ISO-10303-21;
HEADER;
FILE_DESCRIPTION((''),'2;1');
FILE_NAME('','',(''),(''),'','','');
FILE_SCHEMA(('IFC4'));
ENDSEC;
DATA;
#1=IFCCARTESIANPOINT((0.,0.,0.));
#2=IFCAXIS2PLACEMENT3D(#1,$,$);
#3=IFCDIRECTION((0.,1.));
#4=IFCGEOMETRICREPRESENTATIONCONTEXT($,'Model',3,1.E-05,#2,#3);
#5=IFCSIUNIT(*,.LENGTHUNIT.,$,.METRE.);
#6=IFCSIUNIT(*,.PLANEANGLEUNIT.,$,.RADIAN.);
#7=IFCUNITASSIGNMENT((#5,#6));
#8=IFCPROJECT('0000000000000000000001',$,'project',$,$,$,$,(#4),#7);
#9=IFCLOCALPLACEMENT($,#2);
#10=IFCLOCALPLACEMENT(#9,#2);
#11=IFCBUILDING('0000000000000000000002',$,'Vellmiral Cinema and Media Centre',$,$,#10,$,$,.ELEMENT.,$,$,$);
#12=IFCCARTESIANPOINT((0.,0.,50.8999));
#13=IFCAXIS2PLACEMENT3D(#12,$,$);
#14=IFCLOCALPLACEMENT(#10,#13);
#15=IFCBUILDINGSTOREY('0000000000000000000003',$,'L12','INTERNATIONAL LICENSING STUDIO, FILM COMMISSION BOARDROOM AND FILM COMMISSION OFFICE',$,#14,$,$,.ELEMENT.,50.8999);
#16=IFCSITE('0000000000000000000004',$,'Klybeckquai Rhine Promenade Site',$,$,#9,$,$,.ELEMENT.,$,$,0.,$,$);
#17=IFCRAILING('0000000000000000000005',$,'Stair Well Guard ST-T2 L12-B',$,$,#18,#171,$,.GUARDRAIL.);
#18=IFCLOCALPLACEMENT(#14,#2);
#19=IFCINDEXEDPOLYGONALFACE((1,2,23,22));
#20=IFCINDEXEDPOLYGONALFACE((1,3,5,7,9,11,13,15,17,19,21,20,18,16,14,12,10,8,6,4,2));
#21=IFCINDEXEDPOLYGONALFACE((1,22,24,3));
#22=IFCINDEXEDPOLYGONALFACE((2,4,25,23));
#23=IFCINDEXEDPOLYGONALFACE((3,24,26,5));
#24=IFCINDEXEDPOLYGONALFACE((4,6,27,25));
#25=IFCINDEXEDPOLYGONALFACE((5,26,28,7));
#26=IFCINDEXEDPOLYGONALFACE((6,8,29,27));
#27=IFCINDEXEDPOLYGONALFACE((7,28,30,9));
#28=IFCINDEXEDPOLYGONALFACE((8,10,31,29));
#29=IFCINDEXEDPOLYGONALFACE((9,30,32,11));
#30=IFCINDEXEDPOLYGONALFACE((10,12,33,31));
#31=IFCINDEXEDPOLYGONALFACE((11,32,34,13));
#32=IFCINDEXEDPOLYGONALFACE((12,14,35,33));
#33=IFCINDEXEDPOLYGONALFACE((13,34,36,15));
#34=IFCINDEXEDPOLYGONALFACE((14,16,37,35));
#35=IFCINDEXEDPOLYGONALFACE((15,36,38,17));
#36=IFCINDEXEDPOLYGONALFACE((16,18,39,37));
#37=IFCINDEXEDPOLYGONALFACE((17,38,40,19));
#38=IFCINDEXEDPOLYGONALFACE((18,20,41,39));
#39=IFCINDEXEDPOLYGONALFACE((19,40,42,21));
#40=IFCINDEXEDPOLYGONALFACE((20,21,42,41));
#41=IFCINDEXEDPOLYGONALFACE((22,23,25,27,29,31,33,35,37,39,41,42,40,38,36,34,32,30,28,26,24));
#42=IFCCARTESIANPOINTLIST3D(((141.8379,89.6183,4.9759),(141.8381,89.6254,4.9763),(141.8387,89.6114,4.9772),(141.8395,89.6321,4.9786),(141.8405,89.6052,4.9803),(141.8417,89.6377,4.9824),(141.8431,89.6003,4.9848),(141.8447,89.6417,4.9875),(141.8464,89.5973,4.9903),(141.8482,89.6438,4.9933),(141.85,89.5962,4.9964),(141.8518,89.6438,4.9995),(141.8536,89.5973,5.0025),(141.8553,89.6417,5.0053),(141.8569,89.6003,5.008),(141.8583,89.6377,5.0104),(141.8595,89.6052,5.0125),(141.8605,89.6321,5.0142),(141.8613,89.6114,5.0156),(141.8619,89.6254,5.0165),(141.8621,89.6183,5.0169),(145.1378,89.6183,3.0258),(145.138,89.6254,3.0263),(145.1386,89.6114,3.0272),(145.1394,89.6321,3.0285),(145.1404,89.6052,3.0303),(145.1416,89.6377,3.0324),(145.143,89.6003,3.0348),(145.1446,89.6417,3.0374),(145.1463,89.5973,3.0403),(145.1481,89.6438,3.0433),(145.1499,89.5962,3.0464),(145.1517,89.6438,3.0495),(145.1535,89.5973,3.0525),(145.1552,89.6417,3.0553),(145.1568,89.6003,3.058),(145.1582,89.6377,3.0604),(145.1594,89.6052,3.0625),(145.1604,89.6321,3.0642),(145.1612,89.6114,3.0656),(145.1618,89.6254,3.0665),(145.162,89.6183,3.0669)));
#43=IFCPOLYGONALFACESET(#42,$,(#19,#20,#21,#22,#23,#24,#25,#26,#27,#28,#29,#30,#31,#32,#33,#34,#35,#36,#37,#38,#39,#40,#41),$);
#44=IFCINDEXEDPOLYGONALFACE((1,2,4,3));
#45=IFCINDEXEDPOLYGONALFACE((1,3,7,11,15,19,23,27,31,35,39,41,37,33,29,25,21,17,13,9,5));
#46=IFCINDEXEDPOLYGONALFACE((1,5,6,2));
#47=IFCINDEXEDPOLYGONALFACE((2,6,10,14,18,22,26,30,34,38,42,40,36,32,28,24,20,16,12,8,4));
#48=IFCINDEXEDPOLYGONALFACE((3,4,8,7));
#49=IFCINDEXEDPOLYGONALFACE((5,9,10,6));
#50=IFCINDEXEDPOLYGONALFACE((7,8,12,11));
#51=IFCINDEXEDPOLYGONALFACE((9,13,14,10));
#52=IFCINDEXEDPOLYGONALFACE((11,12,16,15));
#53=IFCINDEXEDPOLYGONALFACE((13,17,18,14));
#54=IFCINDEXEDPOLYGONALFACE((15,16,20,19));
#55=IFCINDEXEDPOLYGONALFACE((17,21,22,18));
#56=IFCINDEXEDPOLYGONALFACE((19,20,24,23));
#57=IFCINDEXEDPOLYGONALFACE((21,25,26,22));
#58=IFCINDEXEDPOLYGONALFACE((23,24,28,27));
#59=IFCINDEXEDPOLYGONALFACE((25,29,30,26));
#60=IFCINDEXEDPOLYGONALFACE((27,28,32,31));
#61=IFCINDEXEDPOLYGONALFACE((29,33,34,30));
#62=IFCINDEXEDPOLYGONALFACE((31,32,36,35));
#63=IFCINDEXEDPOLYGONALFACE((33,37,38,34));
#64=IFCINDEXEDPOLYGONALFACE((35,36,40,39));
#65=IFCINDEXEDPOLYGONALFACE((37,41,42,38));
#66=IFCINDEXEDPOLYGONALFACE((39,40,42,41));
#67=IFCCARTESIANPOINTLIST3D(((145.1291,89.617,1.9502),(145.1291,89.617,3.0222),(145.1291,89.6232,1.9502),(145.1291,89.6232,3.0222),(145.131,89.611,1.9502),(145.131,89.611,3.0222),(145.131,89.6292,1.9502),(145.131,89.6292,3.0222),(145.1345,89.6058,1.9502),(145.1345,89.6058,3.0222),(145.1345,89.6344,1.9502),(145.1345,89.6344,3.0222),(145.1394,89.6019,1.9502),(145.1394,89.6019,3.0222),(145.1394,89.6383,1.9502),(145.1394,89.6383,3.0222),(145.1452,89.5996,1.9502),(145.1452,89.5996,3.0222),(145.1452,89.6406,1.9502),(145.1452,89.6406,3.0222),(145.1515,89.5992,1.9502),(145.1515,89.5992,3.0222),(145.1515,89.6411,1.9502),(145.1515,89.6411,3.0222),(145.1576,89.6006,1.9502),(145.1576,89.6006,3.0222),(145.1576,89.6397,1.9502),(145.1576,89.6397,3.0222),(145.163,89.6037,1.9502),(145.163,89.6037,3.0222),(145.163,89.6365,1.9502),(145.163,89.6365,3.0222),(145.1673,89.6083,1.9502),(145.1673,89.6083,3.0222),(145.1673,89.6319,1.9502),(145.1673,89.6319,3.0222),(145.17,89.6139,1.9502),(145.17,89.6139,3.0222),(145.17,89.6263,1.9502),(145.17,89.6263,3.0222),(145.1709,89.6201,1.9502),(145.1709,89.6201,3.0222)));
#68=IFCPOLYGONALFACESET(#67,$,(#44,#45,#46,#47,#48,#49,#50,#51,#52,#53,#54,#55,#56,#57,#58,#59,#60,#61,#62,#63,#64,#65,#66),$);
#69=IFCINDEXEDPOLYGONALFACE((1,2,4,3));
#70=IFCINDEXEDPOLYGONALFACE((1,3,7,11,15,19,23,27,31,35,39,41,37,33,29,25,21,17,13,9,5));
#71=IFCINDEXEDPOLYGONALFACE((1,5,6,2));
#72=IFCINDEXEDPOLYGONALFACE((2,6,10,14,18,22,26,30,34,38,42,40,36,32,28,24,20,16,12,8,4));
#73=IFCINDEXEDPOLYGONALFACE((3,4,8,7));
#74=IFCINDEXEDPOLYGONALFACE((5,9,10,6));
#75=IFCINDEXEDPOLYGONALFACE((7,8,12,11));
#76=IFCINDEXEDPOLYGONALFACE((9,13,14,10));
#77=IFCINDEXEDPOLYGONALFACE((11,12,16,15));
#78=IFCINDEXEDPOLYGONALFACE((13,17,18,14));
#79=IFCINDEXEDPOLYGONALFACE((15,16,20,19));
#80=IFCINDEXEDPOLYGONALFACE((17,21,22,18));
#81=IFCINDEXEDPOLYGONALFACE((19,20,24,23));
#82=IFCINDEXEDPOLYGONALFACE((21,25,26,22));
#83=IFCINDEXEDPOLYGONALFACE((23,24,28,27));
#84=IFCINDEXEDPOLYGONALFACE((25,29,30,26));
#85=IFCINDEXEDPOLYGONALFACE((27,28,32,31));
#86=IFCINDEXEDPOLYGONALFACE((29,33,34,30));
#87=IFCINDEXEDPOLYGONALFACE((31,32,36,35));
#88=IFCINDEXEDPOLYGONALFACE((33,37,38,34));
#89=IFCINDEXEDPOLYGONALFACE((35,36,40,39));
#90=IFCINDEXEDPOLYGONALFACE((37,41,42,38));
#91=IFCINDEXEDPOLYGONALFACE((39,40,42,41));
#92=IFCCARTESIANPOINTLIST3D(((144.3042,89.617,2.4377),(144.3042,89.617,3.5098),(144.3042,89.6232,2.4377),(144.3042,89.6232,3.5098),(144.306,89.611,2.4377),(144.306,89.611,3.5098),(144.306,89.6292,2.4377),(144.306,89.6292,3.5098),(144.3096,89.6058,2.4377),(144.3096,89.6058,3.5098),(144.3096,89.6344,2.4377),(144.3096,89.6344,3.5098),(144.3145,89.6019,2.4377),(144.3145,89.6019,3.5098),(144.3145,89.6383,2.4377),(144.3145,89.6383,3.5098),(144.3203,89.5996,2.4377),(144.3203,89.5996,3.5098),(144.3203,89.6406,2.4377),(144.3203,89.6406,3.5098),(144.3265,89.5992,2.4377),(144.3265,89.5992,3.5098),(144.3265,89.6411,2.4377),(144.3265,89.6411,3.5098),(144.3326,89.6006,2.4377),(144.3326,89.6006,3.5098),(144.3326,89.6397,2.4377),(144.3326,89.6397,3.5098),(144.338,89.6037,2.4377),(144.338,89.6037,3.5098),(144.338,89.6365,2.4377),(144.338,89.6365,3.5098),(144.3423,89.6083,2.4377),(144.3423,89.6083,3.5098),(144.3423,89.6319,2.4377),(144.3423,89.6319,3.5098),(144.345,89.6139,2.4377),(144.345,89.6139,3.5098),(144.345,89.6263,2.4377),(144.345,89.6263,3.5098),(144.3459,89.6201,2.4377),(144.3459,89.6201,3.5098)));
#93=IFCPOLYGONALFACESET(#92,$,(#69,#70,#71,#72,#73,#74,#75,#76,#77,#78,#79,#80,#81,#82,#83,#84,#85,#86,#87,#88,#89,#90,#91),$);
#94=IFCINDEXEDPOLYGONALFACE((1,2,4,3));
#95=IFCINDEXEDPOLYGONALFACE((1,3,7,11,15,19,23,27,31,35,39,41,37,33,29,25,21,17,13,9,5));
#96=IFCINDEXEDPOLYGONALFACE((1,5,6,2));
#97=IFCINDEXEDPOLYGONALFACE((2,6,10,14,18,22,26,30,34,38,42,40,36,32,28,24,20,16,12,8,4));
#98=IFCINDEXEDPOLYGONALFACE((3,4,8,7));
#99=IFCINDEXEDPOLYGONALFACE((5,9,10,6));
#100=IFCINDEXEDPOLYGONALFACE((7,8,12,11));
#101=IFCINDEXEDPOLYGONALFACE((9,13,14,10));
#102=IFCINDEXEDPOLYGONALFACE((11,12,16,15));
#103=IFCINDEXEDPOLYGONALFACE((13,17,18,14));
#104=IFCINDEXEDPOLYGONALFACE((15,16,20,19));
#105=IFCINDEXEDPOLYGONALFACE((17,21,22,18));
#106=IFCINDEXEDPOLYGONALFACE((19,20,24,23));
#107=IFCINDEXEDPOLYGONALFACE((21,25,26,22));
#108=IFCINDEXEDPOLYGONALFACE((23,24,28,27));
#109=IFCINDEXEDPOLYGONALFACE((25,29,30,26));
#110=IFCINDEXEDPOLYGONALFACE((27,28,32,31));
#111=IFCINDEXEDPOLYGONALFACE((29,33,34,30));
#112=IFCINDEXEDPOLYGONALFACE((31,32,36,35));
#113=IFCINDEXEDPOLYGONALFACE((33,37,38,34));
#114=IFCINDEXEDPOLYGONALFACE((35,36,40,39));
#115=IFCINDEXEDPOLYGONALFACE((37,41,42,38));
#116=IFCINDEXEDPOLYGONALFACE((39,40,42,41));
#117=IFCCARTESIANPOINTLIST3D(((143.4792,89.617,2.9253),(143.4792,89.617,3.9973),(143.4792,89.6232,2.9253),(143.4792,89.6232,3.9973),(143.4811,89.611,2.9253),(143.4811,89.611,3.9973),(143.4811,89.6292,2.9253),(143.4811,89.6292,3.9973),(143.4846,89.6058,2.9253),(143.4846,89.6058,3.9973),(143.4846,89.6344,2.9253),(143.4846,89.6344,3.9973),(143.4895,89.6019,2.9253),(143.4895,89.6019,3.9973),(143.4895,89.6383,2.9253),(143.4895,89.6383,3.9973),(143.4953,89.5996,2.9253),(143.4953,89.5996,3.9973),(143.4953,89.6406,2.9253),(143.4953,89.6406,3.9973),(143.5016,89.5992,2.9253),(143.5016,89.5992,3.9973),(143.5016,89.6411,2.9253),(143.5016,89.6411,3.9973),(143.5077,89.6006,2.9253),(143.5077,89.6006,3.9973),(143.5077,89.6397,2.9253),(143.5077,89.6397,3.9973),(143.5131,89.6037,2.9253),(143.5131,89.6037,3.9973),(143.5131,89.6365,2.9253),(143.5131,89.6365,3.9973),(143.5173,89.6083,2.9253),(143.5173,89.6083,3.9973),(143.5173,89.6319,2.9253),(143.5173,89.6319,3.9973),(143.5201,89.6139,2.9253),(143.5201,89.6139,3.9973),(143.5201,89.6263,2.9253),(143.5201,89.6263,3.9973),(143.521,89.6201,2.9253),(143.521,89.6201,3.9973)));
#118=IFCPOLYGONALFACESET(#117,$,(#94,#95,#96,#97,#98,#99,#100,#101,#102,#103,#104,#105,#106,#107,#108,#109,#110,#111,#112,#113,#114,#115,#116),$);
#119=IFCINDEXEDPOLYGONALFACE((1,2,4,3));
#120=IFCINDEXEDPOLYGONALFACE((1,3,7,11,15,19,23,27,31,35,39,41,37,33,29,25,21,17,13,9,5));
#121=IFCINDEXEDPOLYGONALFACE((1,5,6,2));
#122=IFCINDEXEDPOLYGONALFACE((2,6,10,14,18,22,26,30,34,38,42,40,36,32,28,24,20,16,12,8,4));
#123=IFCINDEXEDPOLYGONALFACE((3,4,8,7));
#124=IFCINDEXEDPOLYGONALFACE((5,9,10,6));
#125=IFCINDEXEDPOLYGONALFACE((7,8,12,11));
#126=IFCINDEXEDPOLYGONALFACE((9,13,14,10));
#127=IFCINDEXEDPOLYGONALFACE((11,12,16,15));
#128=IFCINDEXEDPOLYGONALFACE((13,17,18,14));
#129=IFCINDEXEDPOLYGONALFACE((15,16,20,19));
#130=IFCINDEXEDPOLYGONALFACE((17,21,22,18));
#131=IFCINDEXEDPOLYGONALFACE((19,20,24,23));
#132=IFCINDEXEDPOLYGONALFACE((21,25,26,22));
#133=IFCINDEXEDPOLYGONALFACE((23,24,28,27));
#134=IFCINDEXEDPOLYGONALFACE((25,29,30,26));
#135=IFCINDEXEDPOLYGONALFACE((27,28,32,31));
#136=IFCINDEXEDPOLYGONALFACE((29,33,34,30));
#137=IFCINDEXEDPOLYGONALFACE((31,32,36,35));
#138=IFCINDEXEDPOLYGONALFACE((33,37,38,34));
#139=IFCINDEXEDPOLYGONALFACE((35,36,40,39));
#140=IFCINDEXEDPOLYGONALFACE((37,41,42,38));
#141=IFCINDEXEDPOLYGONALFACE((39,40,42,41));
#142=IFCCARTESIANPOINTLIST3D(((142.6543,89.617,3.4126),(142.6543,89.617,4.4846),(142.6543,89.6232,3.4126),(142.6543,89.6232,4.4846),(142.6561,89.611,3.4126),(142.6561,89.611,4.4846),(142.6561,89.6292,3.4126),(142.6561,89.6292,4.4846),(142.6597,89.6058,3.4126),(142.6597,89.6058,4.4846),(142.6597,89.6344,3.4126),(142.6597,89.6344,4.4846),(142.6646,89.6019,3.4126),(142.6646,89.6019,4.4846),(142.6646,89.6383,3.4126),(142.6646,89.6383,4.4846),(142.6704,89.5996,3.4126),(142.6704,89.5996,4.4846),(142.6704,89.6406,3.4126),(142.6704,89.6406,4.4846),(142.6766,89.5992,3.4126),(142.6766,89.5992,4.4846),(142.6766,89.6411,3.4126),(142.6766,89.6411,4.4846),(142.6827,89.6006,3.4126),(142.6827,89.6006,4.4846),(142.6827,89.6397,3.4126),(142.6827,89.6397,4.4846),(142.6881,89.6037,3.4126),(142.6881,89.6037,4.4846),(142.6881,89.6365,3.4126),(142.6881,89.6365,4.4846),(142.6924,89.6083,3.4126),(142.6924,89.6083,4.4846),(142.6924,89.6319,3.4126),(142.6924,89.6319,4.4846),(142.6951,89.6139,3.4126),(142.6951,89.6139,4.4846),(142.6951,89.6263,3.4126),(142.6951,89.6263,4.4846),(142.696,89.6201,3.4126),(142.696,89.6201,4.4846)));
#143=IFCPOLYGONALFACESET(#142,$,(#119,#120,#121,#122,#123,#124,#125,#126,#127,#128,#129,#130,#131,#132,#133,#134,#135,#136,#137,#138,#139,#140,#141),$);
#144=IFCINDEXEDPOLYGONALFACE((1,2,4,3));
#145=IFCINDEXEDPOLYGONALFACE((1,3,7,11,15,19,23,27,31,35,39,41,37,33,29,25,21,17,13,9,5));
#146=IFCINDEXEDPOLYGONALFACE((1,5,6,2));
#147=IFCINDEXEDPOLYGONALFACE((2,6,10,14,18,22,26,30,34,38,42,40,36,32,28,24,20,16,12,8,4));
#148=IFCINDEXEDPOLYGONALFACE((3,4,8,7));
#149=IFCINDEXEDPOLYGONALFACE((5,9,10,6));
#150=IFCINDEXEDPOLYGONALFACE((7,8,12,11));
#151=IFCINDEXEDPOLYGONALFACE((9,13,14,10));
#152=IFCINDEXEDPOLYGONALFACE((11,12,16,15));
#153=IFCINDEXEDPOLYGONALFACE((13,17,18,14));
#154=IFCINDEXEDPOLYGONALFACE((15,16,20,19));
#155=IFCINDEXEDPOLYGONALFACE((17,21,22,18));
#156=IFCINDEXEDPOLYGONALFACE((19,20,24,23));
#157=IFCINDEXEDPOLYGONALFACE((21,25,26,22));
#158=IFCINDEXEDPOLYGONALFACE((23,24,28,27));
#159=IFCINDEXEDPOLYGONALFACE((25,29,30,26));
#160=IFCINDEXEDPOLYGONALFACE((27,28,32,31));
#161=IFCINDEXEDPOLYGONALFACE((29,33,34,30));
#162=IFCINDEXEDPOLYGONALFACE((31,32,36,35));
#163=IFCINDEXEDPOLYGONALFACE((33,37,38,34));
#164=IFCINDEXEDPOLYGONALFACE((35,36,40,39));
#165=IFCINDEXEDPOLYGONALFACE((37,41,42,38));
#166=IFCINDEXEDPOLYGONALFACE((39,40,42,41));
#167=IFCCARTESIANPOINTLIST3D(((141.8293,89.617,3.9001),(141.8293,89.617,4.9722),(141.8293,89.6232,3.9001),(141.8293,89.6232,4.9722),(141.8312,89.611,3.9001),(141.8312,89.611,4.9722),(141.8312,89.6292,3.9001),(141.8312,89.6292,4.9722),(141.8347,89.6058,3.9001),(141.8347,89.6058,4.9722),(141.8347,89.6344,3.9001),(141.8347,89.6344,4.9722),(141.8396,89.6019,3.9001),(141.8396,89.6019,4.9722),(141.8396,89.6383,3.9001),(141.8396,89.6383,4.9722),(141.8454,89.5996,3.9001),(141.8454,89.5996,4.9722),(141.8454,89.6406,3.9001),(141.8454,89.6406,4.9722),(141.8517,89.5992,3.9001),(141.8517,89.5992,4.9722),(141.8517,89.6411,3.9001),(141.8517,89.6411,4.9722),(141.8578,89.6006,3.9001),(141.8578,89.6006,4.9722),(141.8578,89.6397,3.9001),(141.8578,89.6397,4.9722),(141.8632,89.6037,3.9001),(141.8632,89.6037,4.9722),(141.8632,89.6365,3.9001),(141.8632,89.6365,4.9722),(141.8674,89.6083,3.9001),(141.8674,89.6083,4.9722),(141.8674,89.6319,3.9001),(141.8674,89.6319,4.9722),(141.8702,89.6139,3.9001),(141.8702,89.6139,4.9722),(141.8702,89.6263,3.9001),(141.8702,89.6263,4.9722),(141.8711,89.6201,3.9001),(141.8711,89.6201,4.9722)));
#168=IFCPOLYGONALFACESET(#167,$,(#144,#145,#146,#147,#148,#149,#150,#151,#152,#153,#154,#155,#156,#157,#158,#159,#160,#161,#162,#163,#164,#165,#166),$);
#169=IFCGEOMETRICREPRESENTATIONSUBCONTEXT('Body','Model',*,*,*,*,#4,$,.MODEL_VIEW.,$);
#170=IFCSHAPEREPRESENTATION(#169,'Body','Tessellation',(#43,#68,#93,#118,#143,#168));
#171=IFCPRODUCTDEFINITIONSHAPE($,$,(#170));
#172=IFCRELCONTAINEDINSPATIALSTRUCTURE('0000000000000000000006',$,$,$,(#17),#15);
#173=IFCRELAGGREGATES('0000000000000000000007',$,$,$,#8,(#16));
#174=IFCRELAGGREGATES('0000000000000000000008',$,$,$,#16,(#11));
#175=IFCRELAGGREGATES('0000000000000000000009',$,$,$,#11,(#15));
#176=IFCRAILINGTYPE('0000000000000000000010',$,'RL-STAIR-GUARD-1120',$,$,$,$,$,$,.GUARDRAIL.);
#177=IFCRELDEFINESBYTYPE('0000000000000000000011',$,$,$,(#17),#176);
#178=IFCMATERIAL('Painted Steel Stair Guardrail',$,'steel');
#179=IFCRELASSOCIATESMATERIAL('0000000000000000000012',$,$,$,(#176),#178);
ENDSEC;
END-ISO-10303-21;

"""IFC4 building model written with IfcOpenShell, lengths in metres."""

from ifc_helpers import new_model, si_unit, direction, frame, origin, origin_2d, place, context, subcontext, project, spatial, circle, extrude, material, type_object, element, save


model = new_model("IFC4")

# Units and contexts
model_context = context("Model", 3, precision=1e-05, world=origin(), true_north=direction((0.0, 1.0)))
body_context = subcontext(model_context, "Body", "Model", "MODEL_VIEW")
ifc_project = project(units=[si_unit("LENGTHUNIT", "METRE"), si_unit("PLANEANGLEUNIT", "RADIAN")], contexts=[model_context])

# Site, building, storey
site_placement = place(None, origin())
site = spatial("IfcSite", under=ifc_project, at=site_placement, Name="Klybeckquai Rhine Promenade Site", CompositionType="ELEMENT", RefElevation=0.0)
building_placement = place(site_placement, origin())
building = spatial("IfcBuilding", under=site, at=building_placement, Name="Vellmiral Cinema and Media Centre", CompositionType="ELEMENT")
storey_placement = place(building_placement, frame((0.0, 0.0, 50.8999)))
storey = spatial("IfcBuildingStorey", under=building, at=storey_placement, Name="L12", Description="INTERNATIONAL LICENSING STUDIO, FILM COMMISSION BOARDROOM AND FILM COMMISSION OFFICE", CompositionType="ELEMENT", Elevation=50.8999)

# Railing
ifc_material_1 = material(Name="Painted Steel Stair Guardrail", Category="steel")
railing_type_1 = type_object("IfcRailingType", Name="RL-STAIR-GUARD-1120", PredefinedType="GUARDRAIL", material=ifc_material_1)
railing_1_placement = place(storey_placement, frame((145.1499, 89.6201, 1.9502)))
element("IfcRailing", 1, at=railing_1_placement, inside=storey, type_object=railing_type_1, Name="Stair Well Guard ST-T2 L12-B", PredefinedType="GUARDRAIL", context=body_context, shape_type="SweptSolid", body=[
    extrude(circle(Radius=0.0239, at=origin_2d()), frame((0.0, 0.0, 1.0962), z_axis=(-0.860919, 0.0, 0.508742), x_axis=(0.0, -1.0, 0.0)), (0.0, 0.0, 1.0), 3.833),
    extrude(circle(Radius=0.021, at=origin_2d()), origin(), (0.0, 0.0, 1.0), 1.072),
    extrude(circle(Radius=0.021, at=origin_2d()), frame((-0.825, 0.0, 0.4875)), (0.0, 0.0, 1.0), 1.072),
    extrude(circle(Radius=0.021, at=origin_2d()), frame((-1.6499, 0.0, 0.9751)), (0.0, 0.0, 1.0), 1.072),
    extrude(circle(Radius=0.021, at=origin_2d()), frame((-2.4749, 0.0, 1.4624)), (0.0, 0.0, 1.0), 1.072),
    extrude(circle(Radius=0.021, at=origin_2d()), frame((-3.2998, 0.0, 1.95)), (0.0, 0.0, 1.0), 1.072),
])

save(model, "model.ifc")
